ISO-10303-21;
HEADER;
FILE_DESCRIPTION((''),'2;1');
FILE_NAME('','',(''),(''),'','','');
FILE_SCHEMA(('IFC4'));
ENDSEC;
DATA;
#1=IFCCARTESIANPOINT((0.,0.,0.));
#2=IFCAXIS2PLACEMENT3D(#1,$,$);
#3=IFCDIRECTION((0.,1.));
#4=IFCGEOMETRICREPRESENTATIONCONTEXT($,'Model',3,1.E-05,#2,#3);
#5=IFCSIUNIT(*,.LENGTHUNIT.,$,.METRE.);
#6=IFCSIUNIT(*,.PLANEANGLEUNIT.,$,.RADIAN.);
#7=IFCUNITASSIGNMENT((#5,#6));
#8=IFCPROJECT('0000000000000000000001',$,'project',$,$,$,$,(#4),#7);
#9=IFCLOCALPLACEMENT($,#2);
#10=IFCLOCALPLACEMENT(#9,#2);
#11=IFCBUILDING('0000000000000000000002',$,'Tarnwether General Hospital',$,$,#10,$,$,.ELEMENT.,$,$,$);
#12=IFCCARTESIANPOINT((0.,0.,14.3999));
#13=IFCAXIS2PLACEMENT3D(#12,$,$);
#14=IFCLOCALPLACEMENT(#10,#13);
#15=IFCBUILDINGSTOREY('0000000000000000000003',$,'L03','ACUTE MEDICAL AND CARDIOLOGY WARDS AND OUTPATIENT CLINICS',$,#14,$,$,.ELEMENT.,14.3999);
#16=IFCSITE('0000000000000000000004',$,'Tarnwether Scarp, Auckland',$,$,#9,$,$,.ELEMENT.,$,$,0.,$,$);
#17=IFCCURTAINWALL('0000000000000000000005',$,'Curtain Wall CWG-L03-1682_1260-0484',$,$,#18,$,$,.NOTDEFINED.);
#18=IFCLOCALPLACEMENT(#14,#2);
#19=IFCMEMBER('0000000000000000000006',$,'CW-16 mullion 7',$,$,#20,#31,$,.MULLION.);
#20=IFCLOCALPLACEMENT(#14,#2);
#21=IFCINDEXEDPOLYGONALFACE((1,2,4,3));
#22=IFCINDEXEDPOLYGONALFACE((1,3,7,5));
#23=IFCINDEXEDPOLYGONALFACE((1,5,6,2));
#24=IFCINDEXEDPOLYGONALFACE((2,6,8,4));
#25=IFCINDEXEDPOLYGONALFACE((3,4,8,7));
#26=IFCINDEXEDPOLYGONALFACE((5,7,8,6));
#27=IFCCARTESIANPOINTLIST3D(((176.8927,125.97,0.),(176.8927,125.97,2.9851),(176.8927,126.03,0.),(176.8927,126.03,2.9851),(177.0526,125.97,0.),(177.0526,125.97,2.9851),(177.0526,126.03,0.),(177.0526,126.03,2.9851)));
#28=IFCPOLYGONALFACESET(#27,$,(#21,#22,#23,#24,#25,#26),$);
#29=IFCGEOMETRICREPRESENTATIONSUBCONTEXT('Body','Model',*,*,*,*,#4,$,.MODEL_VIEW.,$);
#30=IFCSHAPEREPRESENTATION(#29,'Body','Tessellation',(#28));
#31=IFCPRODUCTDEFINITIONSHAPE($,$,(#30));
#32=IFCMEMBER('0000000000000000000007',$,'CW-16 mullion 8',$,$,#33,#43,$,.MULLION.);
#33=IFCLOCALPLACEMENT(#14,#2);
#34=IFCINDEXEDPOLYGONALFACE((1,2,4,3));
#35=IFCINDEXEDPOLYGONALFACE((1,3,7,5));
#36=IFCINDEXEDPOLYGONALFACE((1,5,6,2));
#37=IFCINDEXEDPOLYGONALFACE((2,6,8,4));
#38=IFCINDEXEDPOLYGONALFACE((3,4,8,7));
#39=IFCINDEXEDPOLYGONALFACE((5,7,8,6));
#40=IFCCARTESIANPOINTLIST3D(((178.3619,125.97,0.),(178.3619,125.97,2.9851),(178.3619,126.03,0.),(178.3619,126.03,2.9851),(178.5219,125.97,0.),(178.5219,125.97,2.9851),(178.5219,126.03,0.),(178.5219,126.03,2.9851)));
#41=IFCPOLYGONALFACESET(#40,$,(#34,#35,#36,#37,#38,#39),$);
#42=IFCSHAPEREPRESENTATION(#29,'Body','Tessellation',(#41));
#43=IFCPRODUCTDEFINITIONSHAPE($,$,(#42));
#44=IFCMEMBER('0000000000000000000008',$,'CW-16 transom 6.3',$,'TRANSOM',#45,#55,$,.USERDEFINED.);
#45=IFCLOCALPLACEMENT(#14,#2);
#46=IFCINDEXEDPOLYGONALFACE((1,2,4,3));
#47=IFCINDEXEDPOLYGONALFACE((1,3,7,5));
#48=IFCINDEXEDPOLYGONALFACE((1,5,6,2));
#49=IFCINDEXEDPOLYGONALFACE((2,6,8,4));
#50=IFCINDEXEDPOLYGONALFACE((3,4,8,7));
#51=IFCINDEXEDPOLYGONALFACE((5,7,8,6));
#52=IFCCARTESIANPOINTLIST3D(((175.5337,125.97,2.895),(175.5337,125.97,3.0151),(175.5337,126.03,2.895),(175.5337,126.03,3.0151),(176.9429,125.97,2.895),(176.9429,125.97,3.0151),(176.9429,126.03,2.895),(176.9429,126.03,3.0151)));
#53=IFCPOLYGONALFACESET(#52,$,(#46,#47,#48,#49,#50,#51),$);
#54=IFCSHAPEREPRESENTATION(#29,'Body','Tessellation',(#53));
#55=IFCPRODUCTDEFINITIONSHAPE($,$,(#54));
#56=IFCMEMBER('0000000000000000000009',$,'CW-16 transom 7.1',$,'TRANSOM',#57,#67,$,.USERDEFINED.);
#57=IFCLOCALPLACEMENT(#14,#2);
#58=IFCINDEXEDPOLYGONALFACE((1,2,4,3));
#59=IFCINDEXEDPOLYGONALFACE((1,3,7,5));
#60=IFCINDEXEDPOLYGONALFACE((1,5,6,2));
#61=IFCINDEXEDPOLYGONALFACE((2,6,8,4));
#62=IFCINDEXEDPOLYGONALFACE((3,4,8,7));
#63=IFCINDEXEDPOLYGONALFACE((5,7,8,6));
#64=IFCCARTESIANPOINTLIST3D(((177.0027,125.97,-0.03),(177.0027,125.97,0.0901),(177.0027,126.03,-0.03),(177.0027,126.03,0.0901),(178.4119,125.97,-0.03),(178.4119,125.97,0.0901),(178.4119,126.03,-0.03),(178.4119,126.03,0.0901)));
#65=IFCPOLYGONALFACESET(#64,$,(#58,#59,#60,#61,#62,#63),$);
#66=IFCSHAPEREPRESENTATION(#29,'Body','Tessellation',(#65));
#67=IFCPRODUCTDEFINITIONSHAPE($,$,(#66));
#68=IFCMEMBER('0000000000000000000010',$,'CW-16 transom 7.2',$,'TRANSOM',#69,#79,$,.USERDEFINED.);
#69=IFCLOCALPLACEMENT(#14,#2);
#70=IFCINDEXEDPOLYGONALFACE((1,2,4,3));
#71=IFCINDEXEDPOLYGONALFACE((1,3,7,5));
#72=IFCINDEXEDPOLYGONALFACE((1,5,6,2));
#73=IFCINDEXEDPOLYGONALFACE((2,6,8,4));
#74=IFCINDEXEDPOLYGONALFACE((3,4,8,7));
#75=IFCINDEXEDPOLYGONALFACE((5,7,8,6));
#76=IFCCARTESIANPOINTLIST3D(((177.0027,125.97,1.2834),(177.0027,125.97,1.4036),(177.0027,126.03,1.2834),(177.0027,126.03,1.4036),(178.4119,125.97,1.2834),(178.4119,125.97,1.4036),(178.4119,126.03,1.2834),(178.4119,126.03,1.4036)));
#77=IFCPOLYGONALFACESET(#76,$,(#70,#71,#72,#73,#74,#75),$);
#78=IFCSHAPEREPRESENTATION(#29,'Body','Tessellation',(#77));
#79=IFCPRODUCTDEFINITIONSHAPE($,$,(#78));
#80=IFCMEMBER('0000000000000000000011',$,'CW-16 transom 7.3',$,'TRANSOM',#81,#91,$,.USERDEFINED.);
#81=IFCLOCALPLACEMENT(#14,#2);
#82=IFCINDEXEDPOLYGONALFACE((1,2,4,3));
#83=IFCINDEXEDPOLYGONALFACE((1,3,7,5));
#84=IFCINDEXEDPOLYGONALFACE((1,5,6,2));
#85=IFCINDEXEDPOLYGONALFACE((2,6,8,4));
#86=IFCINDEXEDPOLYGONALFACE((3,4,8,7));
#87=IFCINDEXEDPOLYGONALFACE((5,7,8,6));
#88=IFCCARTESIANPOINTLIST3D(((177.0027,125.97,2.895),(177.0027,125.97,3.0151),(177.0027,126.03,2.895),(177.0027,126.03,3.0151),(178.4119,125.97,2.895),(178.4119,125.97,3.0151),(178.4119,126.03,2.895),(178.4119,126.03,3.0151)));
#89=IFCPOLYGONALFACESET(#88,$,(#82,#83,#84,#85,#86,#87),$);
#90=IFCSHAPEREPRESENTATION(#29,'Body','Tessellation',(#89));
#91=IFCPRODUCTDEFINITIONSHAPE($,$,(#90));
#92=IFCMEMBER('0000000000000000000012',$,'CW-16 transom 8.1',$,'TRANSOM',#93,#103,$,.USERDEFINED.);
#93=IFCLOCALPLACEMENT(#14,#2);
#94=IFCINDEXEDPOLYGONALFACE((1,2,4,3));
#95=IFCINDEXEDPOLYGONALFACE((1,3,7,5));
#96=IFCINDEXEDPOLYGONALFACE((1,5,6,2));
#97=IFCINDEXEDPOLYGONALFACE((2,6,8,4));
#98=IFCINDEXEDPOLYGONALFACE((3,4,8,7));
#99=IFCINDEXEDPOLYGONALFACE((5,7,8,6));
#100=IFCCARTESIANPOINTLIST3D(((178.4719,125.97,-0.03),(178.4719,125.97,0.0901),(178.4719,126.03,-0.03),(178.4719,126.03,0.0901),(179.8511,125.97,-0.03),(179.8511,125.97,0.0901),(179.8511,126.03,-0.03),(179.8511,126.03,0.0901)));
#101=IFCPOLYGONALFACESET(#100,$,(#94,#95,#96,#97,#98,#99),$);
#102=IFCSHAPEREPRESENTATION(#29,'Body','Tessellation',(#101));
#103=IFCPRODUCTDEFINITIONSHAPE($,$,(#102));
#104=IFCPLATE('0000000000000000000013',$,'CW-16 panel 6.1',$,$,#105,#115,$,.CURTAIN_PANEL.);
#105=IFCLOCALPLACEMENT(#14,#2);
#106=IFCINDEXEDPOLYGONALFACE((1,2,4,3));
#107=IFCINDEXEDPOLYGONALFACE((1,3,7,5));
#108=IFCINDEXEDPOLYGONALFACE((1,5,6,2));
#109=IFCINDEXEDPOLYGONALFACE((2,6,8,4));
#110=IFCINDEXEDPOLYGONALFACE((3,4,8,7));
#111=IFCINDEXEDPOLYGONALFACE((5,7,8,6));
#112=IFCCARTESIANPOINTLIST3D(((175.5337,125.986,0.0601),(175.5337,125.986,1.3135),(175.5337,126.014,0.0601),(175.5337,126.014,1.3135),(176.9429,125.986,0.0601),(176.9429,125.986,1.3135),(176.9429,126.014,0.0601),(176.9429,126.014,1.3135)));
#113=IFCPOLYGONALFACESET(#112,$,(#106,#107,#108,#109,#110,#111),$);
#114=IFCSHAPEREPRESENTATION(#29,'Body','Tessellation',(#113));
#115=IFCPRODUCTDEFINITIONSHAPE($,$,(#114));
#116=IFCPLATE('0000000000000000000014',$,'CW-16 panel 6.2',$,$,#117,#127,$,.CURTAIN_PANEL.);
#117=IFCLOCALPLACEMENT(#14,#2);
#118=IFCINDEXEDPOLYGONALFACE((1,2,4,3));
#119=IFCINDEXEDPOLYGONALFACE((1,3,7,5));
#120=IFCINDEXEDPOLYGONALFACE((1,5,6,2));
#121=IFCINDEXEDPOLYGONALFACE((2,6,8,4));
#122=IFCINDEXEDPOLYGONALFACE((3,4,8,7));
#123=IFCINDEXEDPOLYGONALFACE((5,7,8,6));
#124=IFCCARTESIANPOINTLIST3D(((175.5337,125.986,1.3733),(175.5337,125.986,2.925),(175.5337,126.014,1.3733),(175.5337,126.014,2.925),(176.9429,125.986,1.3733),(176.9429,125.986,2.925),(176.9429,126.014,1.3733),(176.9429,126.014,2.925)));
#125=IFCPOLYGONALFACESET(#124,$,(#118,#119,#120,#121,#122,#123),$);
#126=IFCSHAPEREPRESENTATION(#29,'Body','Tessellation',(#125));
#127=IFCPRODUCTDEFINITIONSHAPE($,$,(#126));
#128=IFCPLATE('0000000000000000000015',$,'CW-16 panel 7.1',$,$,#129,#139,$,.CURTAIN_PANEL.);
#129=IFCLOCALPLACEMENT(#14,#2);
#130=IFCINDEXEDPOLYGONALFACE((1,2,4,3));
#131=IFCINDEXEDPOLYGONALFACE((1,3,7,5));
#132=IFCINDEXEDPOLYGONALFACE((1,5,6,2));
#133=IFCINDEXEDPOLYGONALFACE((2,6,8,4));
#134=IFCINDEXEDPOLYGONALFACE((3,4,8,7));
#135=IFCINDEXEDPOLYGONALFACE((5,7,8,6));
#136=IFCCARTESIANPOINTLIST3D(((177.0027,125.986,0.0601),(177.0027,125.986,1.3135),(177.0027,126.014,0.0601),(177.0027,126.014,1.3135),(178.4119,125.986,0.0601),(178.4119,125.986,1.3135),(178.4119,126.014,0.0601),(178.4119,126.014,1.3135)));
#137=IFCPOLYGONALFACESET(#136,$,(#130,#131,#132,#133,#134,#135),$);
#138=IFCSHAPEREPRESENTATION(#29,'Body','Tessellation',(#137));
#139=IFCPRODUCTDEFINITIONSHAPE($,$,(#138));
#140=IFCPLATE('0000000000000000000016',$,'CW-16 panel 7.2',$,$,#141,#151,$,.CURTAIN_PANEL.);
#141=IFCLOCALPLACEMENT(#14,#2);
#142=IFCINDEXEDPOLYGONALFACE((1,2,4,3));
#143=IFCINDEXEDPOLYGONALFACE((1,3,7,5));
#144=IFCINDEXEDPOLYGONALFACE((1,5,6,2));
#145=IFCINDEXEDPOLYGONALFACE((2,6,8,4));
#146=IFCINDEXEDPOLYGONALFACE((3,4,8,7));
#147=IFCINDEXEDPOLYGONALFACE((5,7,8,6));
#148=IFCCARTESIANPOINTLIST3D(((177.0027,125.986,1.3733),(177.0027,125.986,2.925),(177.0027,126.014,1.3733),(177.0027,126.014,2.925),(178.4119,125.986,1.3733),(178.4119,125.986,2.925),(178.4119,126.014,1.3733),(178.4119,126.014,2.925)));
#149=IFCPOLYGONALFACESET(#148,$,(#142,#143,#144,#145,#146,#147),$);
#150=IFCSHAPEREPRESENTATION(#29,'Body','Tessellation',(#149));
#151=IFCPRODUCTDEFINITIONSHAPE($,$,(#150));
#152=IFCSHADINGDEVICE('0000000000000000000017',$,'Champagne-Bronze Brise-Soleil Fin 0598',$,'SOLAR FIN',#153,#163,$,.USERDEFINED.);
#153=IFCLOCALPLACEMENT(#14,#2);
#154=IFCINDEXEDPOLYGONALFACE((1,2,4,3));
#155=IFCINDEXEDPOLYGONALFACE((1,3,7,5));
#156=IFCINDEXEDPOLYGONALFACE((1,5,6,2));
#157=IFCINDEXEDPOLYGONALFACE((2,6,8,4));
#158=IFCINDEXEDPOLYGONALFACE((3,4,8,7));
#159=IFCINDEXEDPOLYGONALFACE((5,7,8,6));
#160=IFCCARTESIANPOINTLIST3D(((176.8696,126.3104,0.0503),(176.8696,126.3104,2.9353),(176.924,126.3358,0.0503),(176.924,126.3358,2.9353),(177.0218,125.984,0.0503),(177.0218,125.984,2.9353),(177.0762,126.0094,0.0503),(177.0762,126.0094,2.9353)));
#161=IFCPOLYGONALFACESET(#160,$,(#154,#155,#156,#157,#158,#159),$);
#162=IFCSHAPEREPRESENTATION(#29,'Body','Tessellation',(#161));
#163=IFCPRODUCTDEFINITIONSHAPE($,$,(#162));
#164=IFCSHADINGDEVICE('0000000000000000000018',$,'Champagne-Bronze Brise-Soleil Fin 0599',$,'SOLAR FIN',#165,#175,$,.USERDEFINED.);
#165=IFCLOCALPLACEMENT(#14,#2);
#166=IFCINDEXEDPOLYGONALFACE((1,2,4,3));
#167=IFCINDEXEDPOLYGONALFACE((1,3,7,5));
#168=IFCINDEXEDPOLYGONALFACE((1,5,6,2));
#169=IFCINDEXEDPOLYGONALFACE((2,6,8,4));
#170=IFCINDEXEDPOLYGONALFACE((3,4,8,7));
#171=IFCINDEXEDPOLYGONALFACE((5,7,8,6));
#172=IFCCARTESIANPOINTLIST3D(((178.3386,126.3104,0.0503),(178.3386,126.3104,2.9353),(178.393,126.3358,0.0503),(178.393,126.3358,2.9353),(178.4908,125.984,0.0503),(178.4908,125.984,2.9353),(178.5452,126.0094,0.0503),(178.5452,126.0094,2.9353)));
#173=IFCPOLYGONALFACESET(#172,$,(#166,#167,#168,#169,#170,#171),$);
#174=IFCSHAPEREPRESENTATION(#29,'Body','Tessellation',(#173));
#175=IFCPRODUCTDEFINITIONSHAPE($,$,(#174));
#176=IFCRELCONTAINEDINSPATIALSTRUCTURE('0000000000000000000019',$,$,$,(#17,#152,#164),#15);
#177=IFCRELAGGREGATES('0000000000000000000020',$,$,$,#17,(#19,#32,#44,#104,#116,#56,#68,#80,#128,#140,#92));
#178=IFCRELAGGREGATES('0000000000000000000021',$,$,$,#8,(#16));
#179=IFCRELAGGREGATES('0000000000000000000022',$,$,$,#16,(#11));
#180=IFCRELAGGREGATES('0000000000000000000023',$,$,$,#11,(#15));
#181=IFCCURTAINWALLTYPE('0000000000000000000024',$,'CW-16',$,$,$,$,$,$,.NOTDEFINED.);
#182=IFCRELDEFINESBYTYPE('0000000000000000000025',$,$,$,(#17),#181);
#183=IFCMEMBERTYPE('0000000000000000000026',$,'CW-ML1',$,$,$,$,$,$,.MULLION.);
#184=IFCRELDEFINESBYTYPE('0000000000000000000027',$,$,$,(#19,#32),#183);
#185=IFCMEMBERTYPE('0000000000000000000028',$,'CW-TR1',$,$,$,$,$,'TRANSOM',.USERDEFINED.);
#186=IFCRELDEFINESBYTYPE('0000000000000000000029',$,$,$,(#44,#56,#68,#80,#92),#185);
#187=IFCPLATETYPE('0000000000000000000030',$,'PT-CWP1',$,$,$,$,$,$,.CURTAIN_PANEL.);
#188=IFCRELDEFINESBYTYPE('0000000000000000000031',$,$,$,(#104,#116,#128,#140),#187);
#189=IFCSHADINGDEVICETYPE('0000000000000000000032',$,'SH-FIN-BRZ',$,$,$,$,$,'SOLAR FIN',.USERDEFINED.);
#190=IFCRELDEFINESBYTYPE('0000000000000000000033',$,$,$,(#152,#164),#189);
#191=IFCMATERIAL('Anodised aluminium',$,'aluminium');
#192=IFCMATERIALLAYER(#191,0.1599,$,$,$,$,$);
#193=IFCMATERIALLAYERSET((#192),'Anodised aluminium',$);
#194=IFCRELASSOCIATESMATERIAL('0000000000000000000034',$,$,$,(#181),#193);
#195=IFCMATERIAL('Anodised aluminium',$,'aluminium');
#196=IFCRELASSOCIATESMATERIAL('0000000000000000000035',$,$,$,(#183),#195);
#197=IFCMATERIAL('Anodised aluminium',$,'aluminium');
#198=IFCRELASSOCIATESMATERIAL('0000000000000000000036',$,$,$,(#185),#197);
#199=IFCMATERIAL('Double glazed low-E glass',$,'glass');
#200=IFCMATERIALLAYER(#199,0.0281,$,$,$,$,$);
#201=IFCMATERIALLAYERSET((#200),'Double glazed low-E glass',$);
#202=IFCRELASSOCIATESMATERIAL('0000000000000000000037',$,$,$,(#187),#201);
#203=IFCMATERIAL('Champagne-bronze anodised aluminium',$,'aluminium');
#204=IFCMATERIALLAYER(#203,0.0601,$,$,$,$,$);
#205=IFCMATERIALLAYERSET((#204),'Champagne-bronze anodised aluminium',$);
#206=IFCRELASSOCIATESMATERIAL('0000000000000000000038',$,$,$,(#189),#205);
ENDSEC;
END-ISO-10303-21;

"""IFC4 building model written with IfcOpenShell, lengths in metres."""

from ifc_helpers import new_model, si_unit, direction, frame, origin, origin_2d, place, context, subcontext, project, spatial, rectangle, extrude, material, layer, layer_set, material_profile, profile_set, type_object, element, aggregate, save


model = new_model("IFC4")

# Units and contexts
model_context = context("Model", 3, precision=1e-05, world=origin(), true_north=direction((0.0, 1.0)))
body_context = subcontext(model_context, "Body", "Model", "MODEL_VIEW")
ifc_project = project(units=[si_unit("LENGTHUNIT", "METRE"), si_unit("PLANEANGLEUNIT", "RADIAN")], contexts=[model_context])

# Site, building, storey
site_placement = place(None, origin())
site = spatial("IfcSite", under=ifc_project, at=site_placement, Name="Tarnwether Scarp, Auckland", CompositionType="ELEMENT", RefElevation=0.0)
building_placement = place(site_placement, origin())
building = spatial("IfcBuilding", under=site, at=building_placement, Name="Tarnwether General Hospital", CompositionType="ELEMENT")
storey_placement = place(building_placement, frame((0.0, 0.0, 14.3999)))
storey = spatial("IfcBuildingStorey", under=building, at=storey_placement, Name="L03", Description="ACUTE MEDICAL AND CARDIOLOGY WARDS AND OUTPATIENT CLINICS", CompositionType="ELEMENT", Elevation=14.3999)

# Curtain wall, members, plates
ifc_material_1 = material(Name="Anodised aluminium", Category="aluminium")
ifc_layer_1 = layer(ifc_material_1, 0.1599)
ifc_layer_set_1 = layer_set([ifc_layer_1], Name="Anodised aluminium")
curtain_wall_type = type_object("IfcCurtainWallType", Name="CW-16", PredefinedType="NOTDEFINED", material=ifc_layer_set_1)
curtain_wall_placement = place(storey_placement, origin())
curtain_wall = element("IfcCurtainWall", 1, at=curtain_wall_placement, inside=storey, type_object=curtain_wall_type, Name="Curtain Wall CWG-L03-1682_1260-0484", PredefinedType="NOTDEFINED")
ifc_material_2 = material(Name="Anodised aluminium", Category="aluminium")
ifc_material_profile_1 = material_profile(ifc_material_2, rectangle(XDim=0.0601, YDim=0.1599, at=origin_2d()), Name="ALU-MUL-60x160")
ifc_profile_set_1 = profile_set([ifc_material_profile_1], Name="Anodised aluminium")
member_type_1 = type_object("IfcMemberType", Name="CW-ML1", PredefinedType="MULLION", material=ifc_profile_set_1)
member_1_placement = place(storey_placement, frame((176.9727, 126.0, 0.0), z_axis=(0.0, 0.0, 1.0), x_axis=(0.0, 1.0, 0.0)))
member_1 = element("IfcMember", 2, at=member_1_placement, type_object=member_type_1, Name="CW-16 mullion 7", PredefinedType="MULLION", context=body_context, shape_type="SweptSolid", body=[
    extrude(rectangle(XDim=0.0601, YDim=0.1599, at=origin_2d()), origin(), (0.0, 0.0, 1.0), 2.9851),
])
member_2_placement = place(storey_placement, frame((178.4419, 126.0, 0.0), z_axis=(0.0, 0.0, 1.0), x_axis=(0.0, 1.0, 0.0)))
member_2 = element("IfcMember", 3, at=member_2_placement, type_object=member_type_1, Name="CW-16 mullion 8", PredefinedType="MULLION", context=body_context, shape_type="SweptSolid", body=[
    extrude(rectangle(XDim=0.0601, YDim=0.1599, at=origin_2d()), origin(), (0.0, 0.0, 1.0), 2.9851),
])
ifc_material_3 = material(Name="Anodised aluminium", Category="aluminium")
ifc_material_profile_2 = material_profile(ifc_material_3, rectangle(XDim=0.0601, YDim=0.1201, at=origin_2d()), Name="ALU-TRN-60x120")
ifc_profile_set_2 = profile_set([ifc_material_profile_2], Name="Anodised aluminium")
member_type_2 = type_object("IfcMemberType", Name="CW-TR1", ElementType="TRANSOM", PredefinedType="USERDEFINED", material=ifc_profile_set_2)
member_3_placement = place(storey_placement, frame((175.5337, 126.0, 2.9551), z_axis=(1.0, 0.0, 0.0), x_axis=(0.0, 1.0, 0.0)))
member_3 = element("IfcMember", 4, at=member_3_placement, type_object=member_type_2, Name="CW-16 transom 6.3", ObjectType="TRANSOM", PredefinedType="USERDEFINED", context=body_context, shape_type="SweptSolid", body=[
    extrude(rectangle(XDim=0.0601, YDim=0.1201, at=origin_2d()), origin(), (0.0, 0.0, 1.0), 1.4092),
])
member_4_placement = place(storey_placement, frame((177.0027, 126.0, 0.03), z_axis=(1.0, 0.0, 0.0), x_axis=(0.0, 1.0, 0.0)))
member_4 = element("IfcMember", 5, at=member_4_placement, type_object=member_type_2, Name="CW-16 transom 7.1", ObjectType="TRANSOM", PredefinedType="USERDEFINED", context=body_context, shape_type="SweptSolid", body=[
    extrude(rectangle(XDim=0.0601, YDim=0.1201, at=origin_2d()), origin(), (0.0, 0.0, 1.0), 1.4092),
])
member_5_placement = place(storey_placement, frame((177.0027, 126.0, 1.3435), z_axis=(1.0, 0.0, 0.0), x_axis=(0.0, 1.0, 0.0)))
member_5 = element("IfcMember", 6, at=member_5_placement, type_object=member_type_2, Name="CW-16 transom 7.2", ObjectType="TRANSOM", PredefinedType="USERDEFINED", context=body_context, shape_type="SweptSolid", body=[
    extrude(rectangle(XDim=0.0601, YDim=0.1201, at=origin_2d()), origin(), (0.0, 0.0, 1.0), 1.4092),
])
member_6_placement = place(storey_placement, frame((177.0027, 126.0, 2.9551), z_axis=(1.0, 0.0, 0.0), x_axis=(0.0, 1.0, 0.0)))
member_6 = element("IfcMember", 7, at=member_6_placement, type_object=member_type_2, Name="CW-16 transom 7.3", ObjectType="TRANSOM", PredefinedType="USERDEFINED", context=body_context, shape_type="SweptSolid", body=[
    extrude(rectangle(XDim=0.0601, YDim=0.1201, at=origin_2d()), origin(), (0.0, 0.0, 1.0), 1.4092),
])
member_7_placement = place(storey_placement, frame((178.4719, 126.0, 0.03), z_axis=(1.0, 0.0, 0.0), x_axis=(0.0, 1.0, 0.0)))
member_7 = element("IfcMember", 8, at=member_7_placement, type_object=member_type_2, Name="CW-16 transom 8.1", ObjectType="TRANSOM", PredefinedType="USERDEFINED", context=body_context, shape_type="SweptSolid", body=[
    extrude(rectangle(XDim=0.0601, YDim=0.1201, at=origin_2d()), origin(), (0.0, 0.0, 1.0), 1.3792),
])
ifc_material_4 = material(Name="Double glazed low-E glass", Category="glass")
ifc_layer_2 = layer(ifc_material_4, 0.0281)
ifc_layer_set_2 = layer_set([ifc_layer_2], Name="Double glazed low-E glass")
plate_type = type_object("IfcPlateType", Name="PT-CWP1", PredefinedType="CURTAIN_PANEL", material=ifc_layer_set_2)
plate_1_placement = place(storey_placement, frame((176.2383, 126.0, 0.0601), z_axis=(0.0, 0.0, 1.0), x_axis=(1.0, 0.0, 0.0)))
plate_1 = element("IfcPlate", 9, at=plate_1_placement, type_object=plate_type, Name="CW-16 panel 6.1", PredefinedType="CURTAIN_PANEL", context=body_context, shape_type="SweptSolid", body=[
    extrude(rectangle(XDim=1.4092, YDim=0.0281, at=origin_2d()), origin(), (0.0, 0.0, 1.0), 1.2534),
])
plate_2_placement = place(storey_placement, frame((176.2383, 126.0, 1.3733), z_axis=(0.0, 0.0, 1.0), x_axis=(1.0, 0.0, 0.0)))
plate_2 = element("IfcPlate", 10, at=plate_2_placement, type_object=plate_type, Name="CW-16 panel 6.2", PredefinedType="CURTAIN_PANEL", context=body_context, shape_type="SweptSolid", body=[
    extrude(rectangle(XDim=1.4092, YDim=0.0281, at=origin_2d()), origin(), (0.0, 0.0, 1.0), 1.5518),
])
plate_3_placement = place(storey_placement, frame((177.7073, 126.0, 0.0601), z_axis=(0.0, 0.0, 1.0), x_axis=(1.0, 0.0, 0.0)))
plate_3 = element("IfcPlate", 11, at=plate_3_placement, type_object=plate_type, Name="CW-16 panel 7.1", PredefinedType="CURTAIN_PANEL", context=body_context, shape_type="SweptSolid", body=[
    extrude(rectangle(XDim=1.4092, YDim=0.0281, at=origin_2d()), origin(), (0.0, 0.0, 1.0), 1.2534),
])
plate_4_placement = place(storey_placement, frame((177.7073, 126.0, 1.3733), z_axis=(0.0, 0.0, 1.0), x_axis=(1.0, 0.0, 0.0)))
plate_4 = element("IfcPlate", 12, at=plate_4_placement, type_object=plate_type, Name="CW-16 panel 7.2", PredefinedType="CURTAIN_PANEL", context=body_context, shape_type="SweptSolid", body=[
    extrude(rectangle(XDim=1.4092, YDim=0.0281, at=origin_2d()), origin(), (0.0, 0.0, 1.0), 1.5518),
])
aggregate(curtain_wall, [member_1, member_2, member_3, plate_1, plate_2, member_4, member_5, member_6, plate_3, plate_4, member_7])

# Shading devices
ifc_material_5 = material(Name="Champagne-bronze anodised aluminium", Category="aluminium")
ifc_layer_3 = layer(ifc_material_5, 0.0601)
ifc_layer_set_3 = layer_set([ifc_layer_3], Name="Champagne-bronze anodised aluminium")
shading_device_type = type_object("IfcShadingDeviceType", Name="SH-FIN-BRZ", ElementType="SOLAR FIN", PredefinedType="USERDEFINED", material=ifc_layer_set_3)
for number, where, z_axis, x_axis, name in (
    (13, (176.9729, 126.1599, 0.0503), (0.0, 0.0, 1.0), (0.906308, 0.422618, 0.0), "Champagne-Bronze Brise-Soleil Fin 0598"),
    (14, (178.4419, 126.1599, 0.0503), (0.0, 0.0, 1.0), (0.906308, 0.422618, 0.0), "Champagne-Bronze Brise-Soleil Fin 0599"),
):
    element("IfcShadingDevice", number, at=place(storey_placement, frame(where, z_axis=z_axis, x_axis=x_axis)), inside=storey, type_object=shading_device_type, Name=name, ObjectType="SOLAR FIN", PredefinedType="USERDEFINED", context=body_context, shape_type="SweptSolid", body=[
        extrude(rectangle(XDim=0.0601, YDim=0.3601, at=origin_2d()), origin(), (0.0, 0.0, 1.0), 2.885),
    ])

save(model, "model.ifc")
